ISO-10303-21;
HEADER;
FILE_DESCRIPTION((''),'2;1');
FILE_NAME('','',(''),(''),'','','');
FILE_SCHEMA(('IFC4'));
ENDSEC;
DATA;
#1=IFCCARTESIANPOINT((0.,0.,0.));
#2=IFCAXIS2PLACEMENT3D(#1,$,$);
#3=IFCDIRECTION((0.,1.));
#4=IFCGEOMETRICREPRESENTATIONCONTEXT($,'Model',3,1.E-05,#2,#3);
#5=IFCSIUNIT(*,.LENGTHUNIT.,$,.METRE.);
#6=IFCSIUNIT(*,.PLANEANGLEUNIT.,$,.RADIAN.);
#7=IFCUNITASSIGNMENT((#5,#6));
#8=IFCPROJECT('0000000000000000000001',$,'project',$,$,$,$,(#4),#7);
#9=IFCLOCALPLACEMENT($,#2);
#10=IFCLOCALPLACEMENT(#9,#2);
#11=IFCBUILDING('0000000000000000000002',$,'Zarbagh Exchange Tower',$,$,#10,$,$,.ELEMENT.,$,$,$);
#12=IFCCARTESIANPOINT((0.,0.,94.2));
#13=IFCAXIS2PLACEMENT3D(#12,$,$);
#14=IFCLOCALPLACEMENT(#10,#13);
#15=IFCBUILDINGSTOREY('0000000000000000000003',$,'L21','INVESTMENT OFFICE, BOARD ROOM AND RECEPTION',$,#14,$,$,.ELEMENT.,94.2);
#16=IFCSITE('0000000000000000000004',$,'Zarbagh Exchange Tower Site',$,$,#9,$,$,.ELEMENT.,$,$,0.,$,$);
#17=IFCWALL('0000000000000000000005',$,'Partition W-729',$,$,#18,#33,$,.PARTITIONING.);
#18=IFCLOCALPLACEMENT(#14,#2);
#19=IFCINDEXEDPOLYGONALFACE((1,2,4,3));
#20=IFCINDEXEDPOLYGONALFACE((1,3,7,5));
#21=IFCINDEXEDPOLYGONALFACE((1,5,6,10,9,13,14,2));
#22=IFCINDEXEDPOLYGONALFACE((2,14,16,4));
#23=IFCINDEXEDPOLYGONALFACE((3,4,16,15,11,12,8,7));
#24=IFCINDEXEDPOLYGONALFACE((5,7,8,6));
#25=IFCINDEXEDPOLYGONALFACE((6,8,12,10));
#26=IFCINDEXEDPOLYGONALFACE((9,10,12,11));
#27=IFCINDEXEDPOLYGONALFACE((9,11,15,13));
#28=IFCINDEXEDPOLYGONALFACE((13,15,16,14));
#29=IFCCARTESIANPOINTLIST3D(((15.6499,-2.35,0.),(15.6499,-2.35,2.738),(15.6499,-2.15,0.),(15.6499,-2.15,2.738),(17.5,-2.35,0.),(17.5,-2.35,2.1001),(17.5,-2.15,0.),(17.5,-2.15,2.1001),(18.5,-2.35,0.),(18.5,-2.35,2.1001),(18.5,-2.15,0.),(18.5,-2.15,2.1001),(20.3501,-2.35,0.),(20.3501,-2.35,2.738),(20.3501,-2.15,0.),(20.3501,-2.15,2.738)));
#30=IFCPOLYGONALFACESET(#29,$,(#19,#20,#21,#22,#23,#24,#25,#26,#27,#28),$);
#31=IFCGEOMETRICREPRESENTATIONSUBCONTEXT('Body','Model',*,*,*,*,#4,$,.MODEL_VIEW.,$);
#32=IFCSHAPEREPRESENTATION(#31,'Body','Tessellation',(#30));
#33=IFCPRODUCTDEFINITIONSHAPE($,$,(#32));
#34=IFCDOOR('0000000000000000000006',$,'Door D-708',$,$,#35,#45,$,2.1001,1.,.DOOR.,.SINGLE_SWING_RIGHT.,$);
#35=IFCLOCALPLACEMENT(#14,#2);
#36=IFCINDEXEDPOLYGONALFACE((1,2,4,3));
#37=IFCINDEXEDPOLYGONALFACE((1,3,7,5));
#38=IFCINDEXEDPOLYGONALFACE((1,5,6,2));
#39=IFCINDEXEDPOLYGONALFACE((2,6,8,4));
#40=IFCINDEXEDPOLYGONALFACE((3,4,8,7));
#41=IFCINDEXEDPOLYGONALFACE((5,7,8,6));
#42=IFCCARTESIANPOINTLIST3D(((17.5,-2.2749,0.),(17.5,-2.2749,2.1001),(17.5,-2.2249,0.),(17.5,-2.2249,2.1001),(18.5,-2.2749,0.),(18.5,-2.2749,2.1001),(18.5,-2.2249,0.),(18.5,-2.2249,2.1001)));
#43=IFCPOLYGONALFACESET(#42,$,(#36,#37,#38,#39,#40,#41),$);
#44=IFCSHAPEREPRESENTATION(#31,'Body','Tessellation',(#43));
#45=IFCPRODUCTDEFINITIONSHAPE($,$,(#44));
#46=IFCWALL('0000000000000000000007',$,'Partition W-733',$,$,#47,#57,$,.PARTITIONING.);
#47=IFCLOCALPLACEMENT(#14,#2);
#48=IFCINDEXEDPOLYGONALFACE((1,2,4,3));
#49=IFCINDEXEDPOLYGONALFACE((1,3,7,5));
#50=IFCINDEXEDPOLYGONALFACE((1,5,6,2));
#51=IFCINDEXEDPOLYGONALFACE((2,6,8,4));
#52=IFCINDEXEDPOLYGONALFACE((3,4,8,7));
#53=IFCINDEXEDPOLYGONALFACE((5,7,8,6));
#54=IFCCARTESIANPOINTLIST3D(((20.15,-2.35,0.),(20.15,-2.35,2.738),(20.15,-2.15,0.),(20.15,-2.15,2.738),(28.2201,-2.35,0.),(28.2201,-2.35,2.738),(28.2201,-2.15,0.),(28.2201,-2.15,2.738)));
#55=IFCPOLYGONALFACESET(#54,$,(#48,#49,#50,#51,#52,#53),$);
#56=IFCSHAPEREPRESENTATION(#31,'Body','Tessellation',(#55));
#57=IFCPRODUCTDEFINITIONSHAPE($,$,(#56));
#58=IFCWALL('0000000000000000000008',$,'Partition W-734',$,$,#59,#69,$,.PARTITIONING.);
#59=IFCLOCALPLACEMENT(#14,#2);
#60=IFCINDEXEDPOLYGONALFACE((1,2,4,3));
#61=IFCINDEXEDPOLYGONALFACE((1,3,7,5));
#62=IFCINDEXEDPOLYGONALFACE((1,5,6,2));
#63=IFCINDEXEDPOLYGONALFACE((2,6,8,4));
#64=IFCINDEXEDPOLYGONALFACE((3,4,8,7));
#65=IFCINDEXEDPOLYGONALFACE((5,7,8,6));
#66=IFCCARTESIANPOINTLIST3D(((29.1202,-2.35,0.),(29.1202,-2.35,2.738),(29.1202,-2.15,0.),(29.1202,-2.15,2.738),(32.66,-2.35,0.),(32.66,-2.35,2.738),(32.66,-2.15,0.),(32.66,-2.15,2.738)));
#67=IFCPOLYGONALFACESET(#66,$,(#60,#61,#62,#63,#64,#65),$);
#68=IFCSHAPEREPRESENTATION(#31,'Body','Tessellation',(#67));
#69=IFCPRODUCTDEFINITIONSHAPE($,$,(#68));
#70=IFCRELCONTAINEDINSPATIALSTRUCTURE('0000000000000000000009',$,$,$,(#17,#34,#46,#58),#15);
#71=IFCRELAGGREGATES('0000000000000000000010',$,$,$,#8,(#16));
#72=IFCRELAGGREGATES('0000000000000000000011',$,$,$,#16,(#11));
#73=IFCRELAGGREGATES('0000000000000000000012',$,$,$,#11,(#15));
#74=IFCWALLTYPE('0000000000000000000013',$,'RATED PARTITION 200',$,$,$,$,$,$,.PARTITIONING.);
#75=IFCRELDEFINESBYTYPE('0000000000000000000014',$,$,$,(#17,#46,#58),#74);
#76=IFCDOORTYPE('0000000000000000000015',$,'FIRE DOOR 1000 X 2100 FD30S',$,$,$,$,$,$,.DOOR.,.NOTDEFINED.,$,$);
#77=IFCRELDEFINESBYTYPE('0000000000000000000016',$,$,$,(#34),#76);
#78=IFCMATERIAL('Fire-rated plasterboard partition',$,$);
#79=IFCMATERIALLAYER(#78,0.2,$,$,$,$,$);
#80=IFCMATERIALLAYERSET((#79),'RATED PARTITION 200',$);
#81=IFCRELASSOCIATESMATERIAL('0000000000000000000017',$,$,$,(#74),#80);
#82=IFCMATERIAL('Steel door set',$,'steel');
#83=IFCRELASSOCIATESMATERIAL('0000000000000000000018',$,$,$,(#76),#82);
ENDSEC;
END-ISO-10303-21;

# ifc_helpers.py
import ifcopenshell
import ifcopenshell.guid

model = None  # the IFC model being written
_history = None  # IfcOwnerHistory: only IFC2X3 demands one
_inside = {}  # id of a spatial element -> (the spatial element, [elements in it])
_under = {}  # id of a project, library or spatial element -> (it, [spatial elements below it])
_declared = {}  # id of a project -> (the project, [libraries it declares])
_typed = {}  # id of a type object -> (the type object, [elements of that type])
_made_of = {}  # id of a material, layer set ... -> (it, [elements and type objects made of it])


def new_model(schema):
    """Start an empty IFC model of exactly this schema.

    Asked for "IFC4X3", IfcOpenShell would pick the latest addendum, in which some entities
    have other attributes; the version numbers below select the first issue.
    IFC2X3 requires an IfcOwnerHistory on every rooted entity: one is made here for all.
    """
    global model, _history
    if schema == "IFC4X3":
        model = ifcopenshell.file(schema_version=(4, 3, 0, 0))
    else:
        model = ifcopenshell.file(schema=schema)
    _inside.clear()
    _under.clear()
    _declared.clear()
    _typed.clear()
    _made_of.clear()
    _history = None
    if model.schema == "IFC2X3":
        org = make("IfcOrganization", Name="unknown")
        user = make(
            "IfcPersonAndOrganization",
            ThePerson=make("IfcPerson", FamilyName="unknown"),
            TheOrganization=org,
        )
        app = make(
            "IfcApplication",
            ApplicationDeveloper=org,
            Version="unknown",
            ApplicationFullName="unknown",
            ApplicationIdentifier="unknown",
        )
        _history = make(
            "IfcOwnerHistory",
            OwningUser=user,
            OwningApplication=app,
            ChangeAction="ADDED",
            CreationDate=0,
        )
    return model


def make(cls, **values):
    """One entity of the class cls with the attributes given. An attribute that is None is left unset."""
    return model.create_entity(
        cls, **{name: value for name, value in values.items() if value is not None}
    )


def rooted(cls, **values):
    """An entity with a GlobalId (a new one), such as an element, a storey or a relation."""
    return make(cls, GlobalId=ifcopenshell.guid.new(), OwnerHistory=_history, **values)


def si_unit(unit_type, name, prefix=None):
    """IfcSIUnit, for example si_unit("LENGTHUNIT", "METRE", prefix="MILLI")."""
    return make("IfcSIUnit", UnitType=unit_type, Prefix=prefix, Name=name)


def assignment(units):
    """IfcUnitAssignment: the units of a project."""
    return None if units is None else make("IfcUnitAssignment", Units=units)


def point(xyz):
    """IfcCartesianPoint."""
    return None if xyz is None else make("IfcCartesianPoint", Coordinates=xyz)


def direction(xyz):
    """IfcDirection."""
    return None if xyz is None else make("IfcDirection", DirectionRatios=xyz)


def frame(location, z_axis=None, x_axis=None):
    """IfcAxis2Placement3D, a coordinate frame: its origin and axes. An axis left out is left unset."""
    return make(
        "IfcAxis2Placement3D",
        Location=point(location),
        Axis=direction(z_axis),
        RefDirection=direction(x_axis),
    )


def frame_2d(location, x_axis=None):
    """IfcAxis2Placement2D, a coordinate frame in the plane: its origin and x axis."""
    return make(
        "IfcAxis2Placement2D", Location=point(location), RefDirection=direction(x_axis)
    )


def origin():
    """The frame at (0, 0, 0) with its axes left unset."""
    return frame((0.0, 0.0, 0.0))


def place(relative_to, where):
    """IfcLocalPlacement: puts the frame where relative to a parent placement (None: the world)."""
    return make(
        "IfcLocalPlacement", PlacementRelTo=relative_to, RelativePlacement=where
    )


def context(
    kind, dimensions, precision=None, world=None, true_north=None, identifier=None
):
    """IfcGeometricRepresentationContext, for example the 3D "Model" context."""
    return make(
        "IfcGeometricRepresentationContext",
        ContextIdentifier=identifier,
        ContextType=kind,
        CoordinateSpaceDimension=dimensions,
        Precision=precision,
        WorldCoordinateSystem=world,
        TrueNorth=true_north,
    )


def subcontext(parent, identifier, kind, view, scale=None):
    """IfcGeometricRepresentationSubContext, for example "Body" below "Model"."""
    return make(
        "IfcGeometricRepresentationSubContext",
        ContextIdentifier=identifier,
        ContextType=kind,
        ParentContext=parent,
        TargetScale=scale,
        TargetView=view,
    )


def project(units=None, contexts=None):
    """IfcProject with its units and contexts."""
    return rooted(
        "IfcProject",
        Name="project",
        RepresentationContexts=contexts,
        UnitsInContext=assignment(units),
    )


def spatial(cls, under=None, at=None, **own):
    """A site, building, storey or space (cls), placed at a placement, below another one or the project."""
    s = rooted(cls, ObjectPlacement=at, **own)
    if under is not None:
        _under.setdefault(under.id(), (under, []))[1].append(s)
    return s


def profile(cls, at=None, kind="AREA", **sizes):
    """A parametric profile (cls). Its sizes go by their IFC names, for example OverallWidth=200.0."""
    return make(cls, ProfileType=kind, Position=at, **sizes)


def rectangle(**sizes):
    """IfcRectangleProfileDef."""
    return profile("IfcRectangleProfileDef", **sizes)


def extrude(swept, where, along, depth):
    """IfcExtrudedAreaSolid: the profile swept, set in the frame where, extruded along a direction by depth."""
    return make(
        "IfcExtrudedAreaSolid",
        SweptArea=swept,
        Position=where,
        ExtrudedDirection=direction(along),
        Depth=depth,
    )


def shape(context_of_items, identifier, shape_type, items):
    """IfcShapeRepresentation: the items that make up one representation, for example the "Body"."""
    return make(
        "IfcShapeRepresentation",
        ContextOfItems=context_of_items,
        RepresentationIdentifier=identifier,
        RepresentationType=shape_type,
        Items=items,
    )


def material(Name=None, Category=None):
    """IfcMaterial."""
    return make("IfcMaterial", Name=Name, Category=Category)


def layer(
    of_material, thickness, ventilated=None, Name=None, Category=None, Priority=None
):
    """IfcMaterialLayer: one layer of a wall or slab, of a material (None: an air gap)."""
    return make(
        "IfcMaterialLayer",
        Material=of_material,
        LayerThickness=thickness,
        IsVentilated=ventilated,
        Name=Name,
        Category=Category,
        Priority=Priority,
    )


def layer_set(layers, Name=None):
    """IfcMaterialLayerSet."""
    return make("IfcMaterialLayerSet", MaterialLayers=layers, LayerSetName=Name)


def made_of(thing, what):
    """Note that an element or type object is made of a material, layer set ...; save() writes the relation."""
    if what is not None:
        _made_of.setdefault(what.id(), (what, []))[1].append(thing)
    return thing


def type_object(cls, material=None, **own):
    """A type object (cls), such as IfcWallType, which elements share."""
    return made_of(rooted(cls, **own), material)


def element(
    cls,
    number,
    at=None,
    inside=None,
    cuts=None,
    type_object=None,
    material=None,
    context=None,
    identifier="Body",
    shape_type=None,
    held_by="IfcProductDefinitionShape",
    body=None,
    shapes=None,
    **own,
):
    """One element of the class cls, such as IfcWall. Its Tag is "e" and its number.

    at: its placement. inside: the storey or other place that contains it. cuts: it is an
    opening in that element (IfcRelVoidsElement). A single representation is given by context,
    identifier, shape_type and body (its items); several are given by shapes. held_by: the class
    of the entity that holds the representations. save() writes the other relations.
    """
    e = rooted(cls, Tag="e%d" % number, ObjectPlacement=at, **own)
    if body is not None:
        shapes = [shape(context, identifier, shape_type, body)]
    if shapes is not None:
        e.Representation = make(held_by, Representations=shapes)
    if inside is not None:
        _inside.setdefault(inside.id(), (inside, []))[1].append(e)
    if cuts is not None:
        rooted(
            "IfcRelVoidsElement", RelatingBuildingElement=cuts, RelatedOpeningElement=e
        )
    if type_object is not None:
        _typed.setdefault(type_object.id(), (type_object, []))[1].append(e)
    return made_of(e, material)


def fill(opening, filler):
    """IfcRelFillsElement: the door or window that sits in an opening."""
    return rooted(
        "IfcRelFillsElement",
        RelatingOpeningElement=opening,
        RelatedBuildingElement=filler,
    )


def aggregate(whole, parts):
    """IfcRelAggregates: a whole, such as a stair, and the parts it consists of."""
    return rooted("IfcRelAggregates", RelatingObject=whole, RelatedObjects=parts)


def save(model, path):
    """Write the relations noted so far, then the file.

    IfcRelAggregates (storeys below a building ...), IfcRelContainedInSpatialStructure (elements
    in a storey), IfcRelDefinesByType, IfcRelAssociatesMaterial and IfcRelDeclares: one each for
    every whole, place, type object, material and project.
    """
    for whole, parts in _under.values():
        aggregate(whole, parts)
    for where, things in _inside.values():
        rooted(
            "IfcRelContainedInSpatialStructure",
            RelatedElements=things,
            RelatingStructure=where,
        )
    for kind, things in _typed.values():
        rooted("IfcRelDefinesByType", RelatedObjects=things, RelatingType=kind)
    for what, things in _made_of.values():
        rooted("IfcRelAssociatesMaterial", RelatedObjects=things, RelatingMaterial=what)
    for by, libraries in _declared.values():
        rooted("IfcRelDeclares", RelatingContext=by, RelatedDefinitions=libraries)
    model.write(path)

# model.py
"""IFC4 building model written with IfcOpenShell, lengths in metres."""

from ifc_helpers import new_model, si_unit, direction, frame, frame_2d, origin, place, context, subcontext, project, spatial, rectangle, extrude, material, layer, layer_set, type_object, element, fill, save


model = new_model("IFC4")

# Units and contexts
model_context = context("Model", 3, precision=1e-05, world=origin(), true_north=direction((0.0, 1.0)))
body_context = subcontext(model_context, "Body", "Model", "MODEL_VIEW")
ifc_project = project(units=[si_unit("LENGTHUNIT", "METRE"), si_unit("PLANEANGLEUNIT", "RADIAN")], contexts=[model_context])

# Site, building, storey
site_placement = place(None, origin())
site = spatial("IfcSite", under=ifc_project, at=site_placement, Name="Zarbagh Exchange Tower Site", CompositionType="ELEMENT", RefElevation=0.0)
building_placement = place(site_placement, origin())
building = spatial("IfcBuilding", under=site, at=building_placement, Name="Zarbagh Exchange Tower", CompositionType="ELEMENT")
storey_placement = place(building_placement, frame((0.0, 0.0, 94.2)))
storey = spatial("IfcBuildingStorey", under=building, at=storey_placement, Name="L21", Description="INVESTMENT OFFICE, BOARD ROOM AND RECEPTION", CompositionType="ELEMENT", Elevation=94.2)

# Shared definitions
ifc_material_1 = material(Name="Fire-rated plasterboard partition")
ifc_layer = layer(ifc_material_1, 0.2)
ifc_layer_set = layer_set([ifc_layer], Name="RATED PARTITION 200")
wall_type = type_object("IfcWallType", Name="RATED PARTITION 200", PredefinedType="PARTITIONING", material=ifc_layer_set)
ifc_material_2 = material(Name="Steel door set", Category="steel")
door_type = type_object("IfcDoorType", Name="FIRE DOOR 1000 X 2100 FD30S", OperationType="NOTDEFINED", PredefinedType="DOOR", material=ifc_material_2)

# Wall, opening, door
wall_1_placement = place(storey_placement, frame((20.3501, -2.25, 0.0), z_axis=(0.0, 0.0, 1.0), x_axis=(-1.0, 0.0, 0.0)))
wall_1 = element("IfcWall", 1, at=wall_1_placement, inside=storey, type_object=wall_type, Name="Partition W-729", PredefinedType="PARTITIONING", context=body_context, shape_type="SweptSolid", body=[
    extrude(rectangle(XDim=4.7002, YDim=0.2, at=frame_2d((2.3501, 0.0))), origin(), (0.0, 0.0, 1.0), 2.738),
])
opening_1_placement = place(wall_1_placement, frame((1.8501, 0.0, 0.0)))
opening_1 = element("IfcOpeningElement", 2, at=opening_1_placement, cuts=wall_1, PredefinedType="OPENING", context=body_context, shape_type="SweptSolid", body=[
    extrude(rectangle(XDim=1.0, YDim=2.1001, at=frame_2d((0.5, 1.05))), frame((0.0, 0.1099, 0.0), z_axis=(0.0, -1.0, 0.0), x_axis=(1.0, 0.0, 0.0)), (0.0, 0.0, 1.0), 0.22),
])
door_1_placement = place(opening_1_placement, origin())
door_1 = element("IfcDoor", 3, at=door_1_placement, inside=storey, type_object=door_type, Name="Door D-708", OperationType="SINGLE_SWING_RIGHT", OverallHeight=2.1001, OverallWidth=1.0, PredefinedType="DOOR", context=body_context, shape_type="SweptSolid", body=[
    extrude(rectangle(XDim=1.0, YDim=2.1001, at=frame_2d((0.5, 1.05))), frame((0.0, 0.0249, 0.0), z_axis=(0.0, -1.0, 0.0), x_axis=(1.0, 0.0, 0.0)), (0.0, 0.0, 1.0), 0.05),
])
fill(opening_1, door_1)

# Walls
wall_2_placement = place(storey_placement, frame((20.1499, -2.25, 0.0), z_axis=(0.0, 0.0, 1.0), x_axis=(1.0, 0.0, 0.0)))
element("IfcWall", 4, at=wall_2_placement, inside=storey, type_object=wall_type, Name="Partition W-733", PredefinedType="PARTITIONING", context=body_context, shape_type="SweptSolid", body=[
    extrude(rectangle(XDim=8.0701, YDim=0.2, at=frame_2d((4.0352, 0.0))), origin(), (0.0, 0.0, 1.0), 2.738),
])
wall_3_placement = place(storey_placement, frame((29.1201, -2.25, 0.0), z_axis=(0.0, 0.0, 1.0), x_axis=(1.0, 0.0, 0.0)))
element("IfcWall", 5, at=wall_3_placement, inside=storey, type_object=wall_type, Name="Partition W-734", PredefinedType="PARTITIONING", context=body_context, shape_type="SweptSolid", body=[
    extrude(rectangle(XDim=3.5398, YDim=0.2, at=frame_2d((1.77, 0.0))), origin(), (0.0, 0.0, 1.0), 2.738),
])

save(model, "model.ifc")
